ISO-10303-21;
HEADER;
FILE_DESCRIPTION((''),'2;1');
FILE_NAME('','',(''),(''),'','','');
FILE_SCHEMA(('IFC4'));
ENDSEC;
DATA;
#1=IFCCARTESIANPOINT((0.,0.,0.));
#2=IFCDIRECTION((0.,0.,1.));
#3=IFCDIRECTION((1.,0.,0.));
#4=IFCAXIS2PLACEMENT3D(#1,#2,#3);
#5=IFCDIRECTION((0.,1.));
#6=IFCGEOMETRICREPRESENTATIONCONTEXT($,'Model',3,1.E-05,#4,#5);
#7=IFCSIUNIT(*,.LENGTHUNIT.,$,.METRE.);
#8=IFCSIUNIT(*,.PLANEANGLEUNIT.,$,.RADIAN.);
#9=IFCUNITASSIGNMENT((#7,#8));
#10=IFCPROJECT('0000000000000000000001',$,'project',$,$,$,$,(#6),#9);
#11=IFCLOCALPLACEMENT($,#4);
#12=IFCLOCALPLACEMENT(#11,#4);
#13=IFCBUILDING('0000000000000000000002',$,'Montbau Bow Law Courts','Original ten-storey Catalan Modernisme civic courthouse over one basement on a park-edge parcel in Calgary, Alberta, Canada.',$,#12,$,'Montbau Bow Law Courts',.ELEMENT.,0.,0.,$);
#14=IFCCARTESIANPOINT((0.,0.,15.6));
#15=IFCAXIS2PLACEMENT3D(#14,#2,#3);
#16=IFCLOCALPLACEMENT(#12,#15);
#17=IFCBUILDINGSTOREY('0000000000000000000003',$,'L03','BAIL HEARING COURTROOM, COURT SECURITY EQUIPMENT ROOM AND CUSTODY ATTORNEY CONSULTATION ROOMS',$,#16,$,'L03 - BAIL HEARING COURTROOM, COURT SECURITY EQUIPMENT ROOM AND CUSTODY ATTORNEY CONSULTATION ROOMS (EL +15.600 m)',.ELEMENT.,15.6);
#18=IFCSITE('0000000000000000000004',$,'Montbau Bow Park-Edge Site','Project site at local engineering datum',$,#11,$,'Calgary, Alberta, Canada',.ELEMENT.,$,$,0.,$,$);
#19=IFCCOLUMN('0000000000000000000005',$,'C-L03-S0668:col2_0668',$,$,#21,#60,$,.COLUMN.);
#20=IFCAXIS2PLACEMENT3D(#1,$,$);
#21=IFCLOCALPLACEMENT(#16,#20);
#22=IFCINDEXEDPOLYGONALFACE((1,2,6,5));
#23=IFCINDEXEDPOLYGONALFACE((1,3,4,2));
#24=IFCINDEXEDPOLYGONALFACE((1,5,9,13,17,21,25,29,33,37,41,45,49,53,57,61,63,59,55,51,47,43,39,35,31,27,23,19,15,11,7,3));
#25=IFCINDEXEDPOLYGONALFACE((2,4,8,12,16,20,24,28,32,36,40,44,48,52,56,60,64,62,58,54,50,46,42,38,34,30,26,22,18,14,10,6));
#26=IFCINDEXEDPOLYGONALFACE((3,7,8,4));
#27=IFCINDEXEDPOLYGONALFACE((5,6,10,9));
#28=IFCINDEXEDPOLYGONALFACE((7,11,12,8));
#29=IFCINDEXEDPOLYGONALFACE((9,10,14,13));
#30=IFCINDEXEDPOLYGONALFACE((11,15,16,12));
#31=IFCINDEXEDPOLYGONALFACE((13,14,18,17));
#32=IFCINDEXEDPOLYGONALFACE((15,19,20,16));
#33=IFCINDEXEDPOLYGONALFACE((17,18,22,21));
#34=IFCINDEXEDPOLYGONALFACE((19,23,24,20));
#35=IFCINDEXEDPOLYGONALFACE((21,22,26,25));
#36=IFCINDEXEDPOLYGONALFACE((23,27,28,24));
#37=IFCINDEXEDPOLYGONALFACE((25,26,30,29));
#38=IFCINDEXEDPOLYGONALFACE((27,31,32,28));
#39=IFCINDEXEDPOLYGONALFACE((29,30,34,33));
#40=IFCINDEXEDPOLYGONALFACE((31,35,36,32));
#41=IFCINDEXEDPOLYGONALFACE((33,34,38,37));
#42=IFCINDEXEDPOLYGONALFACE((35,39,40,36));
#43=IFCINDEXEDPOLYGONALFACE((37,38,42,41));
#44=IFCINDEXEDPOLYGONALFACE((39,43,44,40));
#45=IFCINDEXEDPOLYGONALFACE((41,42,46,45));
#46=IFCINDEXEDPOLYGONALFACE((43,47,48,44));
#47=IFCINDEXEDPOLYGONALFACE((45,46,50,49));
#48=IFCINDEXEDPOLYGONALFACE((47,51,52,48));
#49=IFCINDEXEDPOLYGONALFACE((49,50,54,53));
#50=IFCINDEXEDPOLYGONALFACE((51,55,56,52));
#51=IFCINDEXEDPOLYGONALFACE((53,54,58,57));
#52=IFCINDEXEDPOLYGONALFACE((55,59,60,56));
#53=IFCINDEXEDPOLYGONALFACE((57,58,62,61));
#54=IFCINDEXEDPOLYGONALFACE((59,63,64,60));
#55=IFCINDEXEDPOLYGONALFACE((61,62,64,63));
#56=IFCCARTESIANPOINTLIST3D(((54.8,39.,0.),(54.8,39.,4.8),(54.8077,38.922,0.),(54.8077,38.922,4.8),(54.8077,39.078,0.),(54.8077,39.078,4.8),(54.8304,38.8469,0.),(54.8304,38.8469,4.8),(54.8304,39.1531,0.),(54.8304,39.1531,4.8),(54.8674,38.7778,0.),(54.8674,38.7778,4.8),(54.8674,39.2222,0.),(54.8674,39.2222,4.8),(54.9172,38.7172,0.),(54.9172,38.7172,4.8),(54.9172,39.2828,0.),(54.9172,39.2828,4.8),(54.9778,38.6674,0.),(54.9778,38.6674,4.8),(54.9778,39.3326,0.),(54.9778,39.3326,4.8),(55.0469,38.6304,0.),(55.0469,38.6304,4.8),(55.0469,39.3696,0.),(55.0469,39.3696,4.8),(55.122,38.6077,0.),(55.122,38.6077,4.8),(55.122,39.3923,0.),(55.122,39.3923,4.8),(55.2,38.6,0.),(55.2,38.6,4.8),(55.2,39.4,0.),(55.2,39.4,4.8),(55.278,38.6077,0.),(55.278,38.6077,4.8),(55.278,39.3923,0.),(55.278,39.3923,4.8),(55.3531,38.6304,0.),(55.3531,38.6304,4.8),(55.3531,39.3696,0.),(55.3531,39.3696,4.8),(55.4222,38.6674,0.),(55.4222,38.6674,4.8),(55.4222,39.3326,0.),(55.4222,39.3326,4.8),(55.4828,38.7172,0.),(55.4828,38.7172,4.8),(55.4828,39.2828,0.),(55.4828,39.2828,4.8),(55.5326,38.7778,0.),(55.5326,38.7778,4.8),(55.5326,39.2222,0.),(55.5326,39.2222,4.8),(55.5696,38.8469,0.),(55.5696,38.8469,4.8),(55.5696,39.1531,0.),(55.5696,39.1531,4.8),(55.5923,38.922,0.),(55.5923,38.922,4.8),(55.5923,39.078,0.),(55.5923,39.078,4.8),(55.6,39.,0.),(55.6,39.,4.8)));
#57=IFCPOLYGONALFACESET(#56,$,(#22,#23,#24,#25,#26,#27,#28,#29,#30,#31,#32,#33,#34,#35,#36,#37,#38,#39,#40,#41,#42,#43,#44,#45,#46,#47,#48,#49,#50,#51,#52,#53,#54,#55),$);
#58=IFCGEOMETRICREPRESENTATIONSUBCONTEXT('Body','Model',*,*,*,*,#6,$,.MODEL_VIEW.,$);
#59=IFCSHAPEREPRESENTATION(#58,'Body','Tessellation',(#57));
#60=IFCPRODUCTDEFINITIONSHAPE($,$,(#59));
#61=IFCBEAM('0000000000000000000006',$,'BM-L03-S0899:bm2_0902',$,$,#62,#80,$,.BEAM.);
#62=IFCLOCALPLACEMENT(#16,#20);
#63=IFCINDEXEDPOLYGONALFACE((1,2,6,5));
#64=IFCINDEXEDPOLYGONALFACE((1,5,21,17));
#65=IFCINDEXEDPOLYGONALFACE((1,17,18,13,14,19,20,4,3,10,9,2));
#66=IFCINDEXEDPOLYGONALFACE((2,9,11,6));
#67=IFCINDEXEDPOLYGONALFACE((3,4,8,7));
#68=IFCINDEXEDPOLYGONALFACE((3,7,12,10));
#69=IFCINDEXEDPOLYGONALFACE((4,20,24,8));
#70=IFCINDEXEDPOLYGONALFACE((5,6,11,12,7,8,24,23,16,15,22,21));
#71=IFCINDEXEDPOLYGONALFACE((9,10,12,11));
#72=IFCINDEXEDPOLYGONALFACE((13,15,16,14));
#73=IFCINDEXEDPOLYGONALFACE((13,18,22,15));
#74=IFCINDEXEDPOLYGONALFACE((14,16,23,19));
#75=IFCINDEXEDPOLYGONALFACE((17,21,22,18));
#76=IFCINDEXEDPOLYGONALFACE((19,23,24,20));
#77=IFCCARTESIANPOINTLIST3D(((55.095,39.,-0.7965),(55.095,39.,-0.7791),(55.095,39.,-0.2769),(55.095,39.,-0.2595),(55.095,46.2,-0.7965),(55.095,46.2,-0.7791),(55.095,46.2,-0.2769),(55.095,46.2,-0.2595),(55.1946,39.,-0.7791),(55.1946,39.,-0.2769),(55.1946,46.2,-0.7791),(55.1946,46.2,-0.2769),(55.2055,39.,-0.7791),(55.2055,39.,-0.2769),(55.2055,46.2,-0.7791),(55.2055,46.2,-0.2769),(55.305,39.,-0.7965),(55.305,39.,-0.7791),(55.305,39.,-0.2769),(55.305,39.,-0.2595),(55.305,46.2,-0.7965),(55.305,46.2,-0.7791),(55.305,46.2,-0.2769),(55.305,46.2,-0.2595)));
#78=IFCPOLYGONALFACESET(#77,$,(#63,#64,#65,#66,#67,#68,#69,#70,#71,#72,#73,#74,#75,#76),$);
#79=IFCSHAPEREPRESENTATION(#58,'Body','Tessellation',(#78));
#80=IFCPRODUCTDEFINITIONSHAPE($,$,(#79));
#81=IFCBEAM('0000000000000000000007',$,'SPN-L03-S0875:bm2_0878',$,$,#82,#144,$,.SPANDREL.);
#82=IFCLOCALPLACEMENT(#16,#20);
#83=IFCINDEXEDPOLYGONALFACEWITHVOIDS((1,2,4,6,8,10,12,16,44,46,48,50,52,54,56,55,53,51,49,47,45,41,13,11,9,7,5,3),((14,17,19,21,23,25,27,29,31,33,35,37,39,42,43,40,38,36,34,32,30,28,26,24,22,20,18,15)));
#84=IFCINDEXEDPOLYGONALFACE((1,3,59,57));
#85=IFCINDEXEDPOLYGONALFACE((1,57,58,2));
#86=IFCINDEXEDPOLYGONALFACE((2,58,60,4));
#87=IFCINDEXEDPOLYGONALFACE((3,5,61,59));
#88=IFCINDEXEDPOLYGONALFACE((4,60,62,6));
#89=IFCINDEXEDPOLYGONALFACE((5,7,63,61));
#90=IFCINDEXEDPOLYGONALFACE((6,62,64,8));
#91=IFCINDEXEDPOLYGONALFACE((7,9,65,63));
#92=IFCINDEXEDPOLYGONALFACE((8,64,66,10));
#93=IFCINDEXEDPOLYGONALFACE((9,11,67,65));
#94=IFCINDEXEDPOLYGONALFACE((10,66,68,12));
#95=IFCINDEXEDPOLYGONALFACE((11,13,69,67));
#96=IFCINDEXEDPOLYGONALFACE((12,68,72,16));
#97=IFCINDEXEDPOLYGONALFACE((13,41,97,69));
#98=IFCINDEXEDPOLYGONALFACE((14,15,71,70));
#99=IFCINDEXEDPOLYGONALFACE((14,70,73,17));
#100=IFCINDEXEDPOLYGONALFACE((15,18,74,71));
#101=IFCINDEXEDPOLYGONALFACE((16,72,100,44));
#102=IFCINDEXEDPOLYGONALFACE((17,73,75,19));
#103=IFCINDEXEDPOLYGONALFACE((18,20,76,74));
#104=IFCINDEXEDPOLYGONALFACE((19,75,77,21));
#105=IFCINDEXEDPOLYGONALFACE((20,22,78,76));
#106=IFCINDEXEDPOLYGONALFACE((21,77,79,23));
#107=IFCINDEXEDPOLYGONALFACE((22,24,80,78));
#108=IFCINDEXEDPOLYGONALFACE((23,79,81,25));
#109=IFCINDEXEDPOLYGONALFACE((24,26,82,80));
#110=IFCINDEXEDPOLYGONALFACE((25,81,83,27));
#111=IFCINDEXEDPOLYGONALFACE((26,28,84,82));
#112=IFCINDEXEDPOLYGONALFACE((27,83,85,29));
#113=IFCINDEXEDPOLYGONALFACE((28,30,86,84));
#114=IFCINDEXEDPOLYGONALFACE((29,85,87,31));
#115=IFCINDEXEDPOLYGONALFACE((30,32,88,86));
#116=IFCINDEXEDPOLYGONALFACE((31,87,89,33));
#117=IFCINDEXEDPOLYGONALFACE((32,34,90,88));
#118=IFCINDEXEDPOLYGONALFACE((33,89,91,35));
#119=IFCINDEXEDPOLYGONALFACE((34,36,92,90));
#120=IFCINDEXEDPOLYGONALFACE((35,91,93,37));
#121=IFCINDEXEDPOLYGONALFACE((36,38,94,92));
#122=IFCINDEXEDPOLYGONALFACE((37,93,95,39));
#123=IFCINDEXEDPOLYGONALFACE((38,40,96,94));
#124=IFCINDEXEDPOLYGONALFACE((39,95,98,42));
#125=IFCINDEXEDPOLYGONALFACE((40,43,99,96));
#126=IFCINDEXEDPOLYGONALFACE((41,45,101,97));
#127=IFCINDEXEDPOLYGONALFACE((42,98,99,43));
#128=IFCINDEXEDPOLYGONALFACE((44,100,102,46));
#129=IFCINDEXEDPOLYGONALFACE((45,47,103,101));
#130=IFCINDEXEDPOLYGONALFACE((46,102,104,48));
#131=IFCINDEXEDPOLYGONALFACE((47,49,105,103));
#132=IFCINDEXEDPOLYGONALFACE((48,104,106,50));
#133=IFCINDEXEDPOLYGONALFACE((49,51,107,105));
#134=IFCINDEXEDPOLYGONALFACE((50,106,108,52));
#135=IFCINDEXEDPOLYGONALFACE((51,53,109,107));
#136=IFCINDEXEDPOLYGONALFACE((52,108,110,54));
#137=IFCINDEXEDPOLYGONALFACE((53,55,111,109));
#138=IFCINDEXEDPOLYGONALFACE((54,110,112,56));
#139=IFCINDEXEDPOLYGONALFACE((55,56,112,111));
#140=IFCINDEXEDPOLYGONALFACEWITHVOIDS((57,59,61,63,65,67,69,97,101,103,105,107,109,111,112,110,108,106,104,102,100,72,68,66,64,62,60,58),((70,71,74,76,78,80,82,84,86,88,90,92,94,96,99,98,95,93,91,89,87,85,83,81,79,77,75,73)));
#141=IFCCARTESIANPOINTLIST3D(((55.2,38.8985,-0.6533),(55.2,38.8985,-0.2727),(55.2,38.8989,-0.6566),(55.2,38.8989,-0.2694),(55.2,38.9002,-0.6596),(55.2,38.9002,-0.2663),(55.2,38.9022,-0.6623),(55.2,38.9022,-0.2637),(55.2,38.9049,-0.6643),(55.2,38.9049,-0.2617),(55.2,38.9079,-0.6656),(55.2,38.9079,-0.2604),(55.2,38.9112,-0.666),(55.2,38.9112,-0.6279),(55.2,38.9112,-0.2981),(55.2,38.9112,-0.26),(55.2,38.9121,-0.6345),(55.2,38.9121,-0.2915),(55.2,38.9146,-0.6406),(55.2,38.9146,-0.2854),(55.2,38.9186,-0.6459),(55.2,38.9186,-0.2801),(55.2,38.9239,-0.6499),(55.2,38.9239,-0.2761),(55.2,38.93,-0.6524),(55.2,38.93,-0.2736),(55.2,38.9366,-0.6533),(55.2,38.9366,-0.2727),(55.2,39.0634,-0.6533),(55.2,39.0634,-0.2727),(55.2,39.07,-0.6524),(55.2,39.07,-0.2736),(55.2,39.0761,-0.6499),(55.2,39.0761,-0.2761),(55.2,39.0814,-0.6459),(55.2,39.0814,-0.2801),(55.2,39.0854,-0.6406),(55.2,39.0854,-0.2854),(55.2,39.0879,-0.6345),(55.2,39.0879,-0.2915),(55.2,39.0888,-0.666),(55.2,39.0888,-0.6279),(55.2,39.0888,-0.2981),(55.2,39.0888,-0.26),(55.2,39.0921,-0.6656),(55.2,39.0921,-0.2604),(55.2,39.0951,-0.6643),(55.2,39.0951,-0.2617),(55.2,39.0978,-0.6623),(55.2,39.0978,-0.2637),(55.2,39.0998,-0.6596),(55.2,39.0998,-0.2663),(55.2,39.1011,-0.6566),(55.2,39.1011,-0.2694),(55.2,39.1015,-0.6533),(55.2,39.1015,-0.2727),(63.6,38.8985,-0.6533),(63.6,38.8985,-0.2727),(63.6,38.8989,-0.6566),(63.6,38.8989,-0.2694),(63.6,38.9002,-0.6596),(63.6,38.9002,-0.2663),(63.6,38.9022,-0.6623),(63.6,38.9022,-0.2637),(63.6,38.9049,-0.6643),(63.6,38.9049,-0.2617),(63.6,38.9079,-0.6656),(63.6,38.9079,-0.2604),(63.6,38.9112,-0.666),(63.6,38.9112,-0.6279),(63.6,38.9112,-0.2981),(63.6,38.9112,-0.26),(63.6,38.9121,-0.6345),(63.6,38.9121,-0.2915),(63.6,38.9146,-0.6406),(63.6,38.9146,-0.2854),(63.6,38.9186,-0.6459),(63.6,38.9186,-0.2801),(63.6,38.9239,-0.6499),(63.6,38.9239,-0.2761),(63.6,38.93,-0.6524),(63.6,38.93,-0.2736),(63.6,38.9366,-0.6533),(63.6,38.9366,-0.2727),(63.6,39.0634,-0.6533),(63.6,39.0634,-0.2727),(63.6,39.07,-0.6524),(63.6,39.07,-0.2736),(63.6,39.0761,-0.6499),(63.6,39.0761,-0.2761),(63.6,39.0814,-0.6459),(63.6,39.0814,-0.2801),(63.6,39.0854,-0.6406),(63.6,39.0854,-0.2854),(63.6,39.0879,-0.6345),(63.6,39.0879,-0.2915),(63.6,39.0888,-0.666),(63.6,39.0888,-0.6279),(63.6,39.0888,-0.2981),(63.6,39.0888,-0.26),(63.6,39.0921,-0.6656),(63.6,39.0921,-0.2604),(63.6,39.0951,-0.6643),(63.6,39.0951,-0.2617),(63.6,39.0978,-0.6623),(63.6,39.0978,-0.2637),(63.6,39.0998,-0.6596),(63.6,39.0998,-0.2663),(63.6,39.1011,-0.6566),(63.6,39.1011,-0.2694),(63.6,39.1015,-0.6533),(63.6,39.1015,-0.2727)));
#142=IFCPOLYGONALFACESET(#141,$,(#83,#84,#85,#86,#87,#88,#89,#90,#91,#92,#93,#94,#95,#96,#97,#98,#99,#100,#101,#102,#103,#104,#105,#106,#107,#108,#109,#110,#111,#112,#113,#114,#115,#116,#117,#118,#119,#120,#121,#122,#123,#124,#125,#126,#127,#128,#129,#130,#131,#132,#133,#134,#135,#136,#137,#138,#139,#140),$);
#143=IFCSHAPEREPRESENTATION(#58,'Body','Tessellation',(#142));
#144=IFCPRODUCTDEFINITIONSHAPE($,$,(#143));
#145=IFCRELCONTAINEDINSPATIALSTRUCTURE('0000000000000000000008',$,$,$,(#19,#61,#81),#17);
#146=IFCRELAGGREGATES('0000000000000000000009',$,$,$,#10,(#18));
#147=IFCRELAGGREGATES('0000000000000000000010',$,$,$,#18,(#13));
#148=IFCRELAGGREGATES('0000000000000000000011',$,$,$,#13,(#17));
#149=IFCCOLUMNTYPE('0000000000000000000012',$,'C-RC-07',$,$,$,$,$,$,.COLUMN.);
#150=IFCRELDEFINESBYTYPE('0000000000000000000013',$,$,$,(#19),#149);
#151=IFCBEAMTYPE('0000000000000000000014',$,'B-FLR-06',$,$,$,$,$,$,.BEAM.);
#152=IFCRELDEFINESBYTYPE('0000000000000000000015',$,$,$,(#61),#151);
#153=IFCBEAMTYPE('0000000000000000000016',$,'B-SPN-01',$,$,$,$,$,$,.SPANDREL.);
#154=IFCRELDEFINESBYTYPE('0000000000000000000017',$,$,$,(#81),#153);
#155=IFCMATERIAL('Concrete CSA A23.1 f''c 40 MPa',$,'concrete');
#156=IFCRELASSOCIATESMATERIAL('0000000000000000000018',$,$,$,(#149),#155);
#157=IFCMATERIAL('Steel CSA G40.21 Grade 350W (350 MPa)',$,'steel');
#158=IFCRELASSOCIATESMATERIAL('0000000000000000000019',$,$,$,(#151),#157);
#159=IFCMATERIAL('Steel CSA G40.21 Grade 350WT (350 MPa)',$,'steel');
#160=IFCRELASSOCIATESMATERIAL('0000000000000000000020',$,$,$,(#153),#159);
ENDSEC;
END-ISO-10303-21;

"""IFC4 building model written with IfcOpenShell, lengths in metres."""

from ifc_helpers import new_model, si_unit, direction, frame, origin_with_axes, origin_2d_with_axis, place, context, subcontext, project, spatial, hollow_rectangle, circle, i_section, extrude, material, material_profile, profile_set, type_object, element, save


model = new_model("IFC4")

# Units and contexts
model_context = context("Model", 3, precision=1e-05, world=origin_with_axes(), true_north=direction((0.0, 1.0)))
body_context = subcontext(model_context, "Body", "Model", "MODEL_VIEW")
ifc_project = project(units=[si_unit("LENGTHUNIT", "METRE"), si_unit("PLANEANGLEUNIT", "RADIAN")], contexts=[model_context])

# Site, building, storey
site_placement = place(None, origin_with_axes())
site = spatial("IfcSite", under=ifc_project, at=site_placement, Name="Montbau Bow Park-Edge Site", Description="Project site at local engineering datum", LongName="Calgary, Alberta, Canada", CompositionType="ELEMENT", RefElevation=0.0)
building_placement = place(site_placement, origin_with_axes())
building = spatial("IfcBuilding", under=site, at=building_placement, Name="Montbau Bow Law Courts", Description="Original ten-storey Catalan Modernisme civic courthouse over one basement on a park-edge parcel in Calgary, Alberta, Canada.", LongName="Montbau Bow Law Courts", CompositionType="ELEMENT", ElevationOfRefHeight=0.0, ElevationOfTerrain=0.0)
storey_placement = place(building_placement, frame((0.0, 0.0, 15.6), z_axis=(0.0, 0.0, 1.0), x_axis=(1.0, 0.0, 0.0)))
storey = spatial("IfcBuildingStorey", under=building, at=storey_placement, Name="L03", Description="BAIL HEARING COURTROOM, COURT SECURITY EQUIPMENT ROOM AND CUSTODY ATTORNEY CONSULTATION ROOMS", LongName="L03 - BAIL HEARING COURTROOM, COURT SECURITY EQUIPMENT ROOM AND CUSTODY ATTORNEY CONSULTATION ROOMS (EL +15.600 m)", CompositionType="ELEMENT", Elevation=15.6)

# Column
ifc_material_1 = material(Name="Concrete CSA A23.1 f'c 40 MPa", Category="concrete")
ifc_material_profile_1 = material_profile(ifc_material_1, circle(Radius=0.4, at=origin_2d_with_axis()), Name="RC800D", Category="Main", Priority=0)
ifc_profile_set_1 = profile_set([ifc_material_profile_1], Name="Concrete CSA A23.1 f'c 40 MPa")
column_type = type_object("IfcColumnType", Name="C-RC-07", PredefinedType="COLUMN", material=ifc_profile_set_1)
column_placement = place(None, frame((55.2, 39.0, 15.6), z_axis=(0.0, 0.0, 1.0), x_axis=(1.0, 0.0, 0.0)))
element("IfcColumn", 1, at=column_placement, inside=storey, type_object=column_type, Name="C-L03-S0668:col2_0668", PredefinedType="COLUMN", context=body_context, shape_type="SweptSolid", body=[
    extrude(circle(Radius=0.4, at=origin_2d_with_axis()), origin_with_axes(), (0.0, 0.0, 1.0), 4.8),
])

# Beams
ifc_material_2 = material(Name="Steel CSA G40.21 Grade 350W (350 MPa)", Category="steel")
ifc_material_profile_2 = material_profile(ifc_material_2, i_section(OverallWidth=0.21, OverallDepth=0.537, WebThickness=0.0109, FlangeThickness=0.0174, at=origin_2d_with_axis()), Name="W530X101", Category="Main", Priority=0)
ifc_profile_set_2 = profile_set([ifc_material_profile_2], Name="Steel CSA G40.21 Grade 350W (350 MPa)")
beam_type_1 = type_object("IfcBeamType", Name="B-FLR-06", PredefinedType="BEAM", material=ifc_profile_set_2)
beam_1_placement = place(None, frame((55.2, 39.0, 15.072), z_axis=(0.0, 1.0, 0.0), x_axis=(-1.0, 0.0, 0.0)))
element("IfcBeam", 2, at=beam_1_placement, inside=storey, type_object=beam_type_1, Name="BM-L03-S0899:bm2_0902", PredefinedType="BEAM", context=body_context, shape_type="SweptSolid", body=[
    extrude(i_section(OverallWidth=0.21, OverallDepth=0.537, WebThickness=0.0109, FlangeThickness=0.0174, at=origin_2d_with_axis()), origin_with_axes(), (0.0, 0.0, 1.0), 7.2),
])
ifc_material_3 = material(Name="Steel CSA G40.21 Grade 350WT (350 MPa)", Category="steel")
ifc_material_profile_3 = material_profile(ifc_material_3, hollow_rectangle(XDim=0.203, YDim=0.406, WallThickness=0.0127, InnerFilletRadius=0.0254, OuterFilletRadius=0.0127, at=origin_2d_with_axis()), Name="HSS406X203X13", Category="Main", Priority=0)
ifc_profile_set_3 = profile_set([ifc_material_profile_3], Name="Steel CSA G40.21 Grade 350WT (350 MPa)")
beam_type_2 = type_object("IfcBeamType", Name="B-SPN-01", PredefinedType="SPANDREL", material=ifc_profile_set_3)
beam_2_placement = place(None, frame((55.2, 39.0, 15.137), z_axis=(1.0, 0.0, 0.0), x_axis=(0.0, 1.0, 0.0)))
element("IfcBeam", 3, at=beam_2_placement, inside=storey, type_object=beam_type_2, Name="SPN-L03-S0875:bm2_0878", PredefinedType="SPANDREL", context=body_context, shape_type="SweptSolid", body=[
    extrude(hollow_rectangle(XDim=0.203, YDim=0.406, WallThickness=0.0127, InnerFilletRadius=0.0254, OuterFilletRadius=0.0127, at=origin_2d_with_axis()), origin_with_axes(), (0.0, 0.0, 1.0), 8.4),
])

save(model, "model.ifc")
